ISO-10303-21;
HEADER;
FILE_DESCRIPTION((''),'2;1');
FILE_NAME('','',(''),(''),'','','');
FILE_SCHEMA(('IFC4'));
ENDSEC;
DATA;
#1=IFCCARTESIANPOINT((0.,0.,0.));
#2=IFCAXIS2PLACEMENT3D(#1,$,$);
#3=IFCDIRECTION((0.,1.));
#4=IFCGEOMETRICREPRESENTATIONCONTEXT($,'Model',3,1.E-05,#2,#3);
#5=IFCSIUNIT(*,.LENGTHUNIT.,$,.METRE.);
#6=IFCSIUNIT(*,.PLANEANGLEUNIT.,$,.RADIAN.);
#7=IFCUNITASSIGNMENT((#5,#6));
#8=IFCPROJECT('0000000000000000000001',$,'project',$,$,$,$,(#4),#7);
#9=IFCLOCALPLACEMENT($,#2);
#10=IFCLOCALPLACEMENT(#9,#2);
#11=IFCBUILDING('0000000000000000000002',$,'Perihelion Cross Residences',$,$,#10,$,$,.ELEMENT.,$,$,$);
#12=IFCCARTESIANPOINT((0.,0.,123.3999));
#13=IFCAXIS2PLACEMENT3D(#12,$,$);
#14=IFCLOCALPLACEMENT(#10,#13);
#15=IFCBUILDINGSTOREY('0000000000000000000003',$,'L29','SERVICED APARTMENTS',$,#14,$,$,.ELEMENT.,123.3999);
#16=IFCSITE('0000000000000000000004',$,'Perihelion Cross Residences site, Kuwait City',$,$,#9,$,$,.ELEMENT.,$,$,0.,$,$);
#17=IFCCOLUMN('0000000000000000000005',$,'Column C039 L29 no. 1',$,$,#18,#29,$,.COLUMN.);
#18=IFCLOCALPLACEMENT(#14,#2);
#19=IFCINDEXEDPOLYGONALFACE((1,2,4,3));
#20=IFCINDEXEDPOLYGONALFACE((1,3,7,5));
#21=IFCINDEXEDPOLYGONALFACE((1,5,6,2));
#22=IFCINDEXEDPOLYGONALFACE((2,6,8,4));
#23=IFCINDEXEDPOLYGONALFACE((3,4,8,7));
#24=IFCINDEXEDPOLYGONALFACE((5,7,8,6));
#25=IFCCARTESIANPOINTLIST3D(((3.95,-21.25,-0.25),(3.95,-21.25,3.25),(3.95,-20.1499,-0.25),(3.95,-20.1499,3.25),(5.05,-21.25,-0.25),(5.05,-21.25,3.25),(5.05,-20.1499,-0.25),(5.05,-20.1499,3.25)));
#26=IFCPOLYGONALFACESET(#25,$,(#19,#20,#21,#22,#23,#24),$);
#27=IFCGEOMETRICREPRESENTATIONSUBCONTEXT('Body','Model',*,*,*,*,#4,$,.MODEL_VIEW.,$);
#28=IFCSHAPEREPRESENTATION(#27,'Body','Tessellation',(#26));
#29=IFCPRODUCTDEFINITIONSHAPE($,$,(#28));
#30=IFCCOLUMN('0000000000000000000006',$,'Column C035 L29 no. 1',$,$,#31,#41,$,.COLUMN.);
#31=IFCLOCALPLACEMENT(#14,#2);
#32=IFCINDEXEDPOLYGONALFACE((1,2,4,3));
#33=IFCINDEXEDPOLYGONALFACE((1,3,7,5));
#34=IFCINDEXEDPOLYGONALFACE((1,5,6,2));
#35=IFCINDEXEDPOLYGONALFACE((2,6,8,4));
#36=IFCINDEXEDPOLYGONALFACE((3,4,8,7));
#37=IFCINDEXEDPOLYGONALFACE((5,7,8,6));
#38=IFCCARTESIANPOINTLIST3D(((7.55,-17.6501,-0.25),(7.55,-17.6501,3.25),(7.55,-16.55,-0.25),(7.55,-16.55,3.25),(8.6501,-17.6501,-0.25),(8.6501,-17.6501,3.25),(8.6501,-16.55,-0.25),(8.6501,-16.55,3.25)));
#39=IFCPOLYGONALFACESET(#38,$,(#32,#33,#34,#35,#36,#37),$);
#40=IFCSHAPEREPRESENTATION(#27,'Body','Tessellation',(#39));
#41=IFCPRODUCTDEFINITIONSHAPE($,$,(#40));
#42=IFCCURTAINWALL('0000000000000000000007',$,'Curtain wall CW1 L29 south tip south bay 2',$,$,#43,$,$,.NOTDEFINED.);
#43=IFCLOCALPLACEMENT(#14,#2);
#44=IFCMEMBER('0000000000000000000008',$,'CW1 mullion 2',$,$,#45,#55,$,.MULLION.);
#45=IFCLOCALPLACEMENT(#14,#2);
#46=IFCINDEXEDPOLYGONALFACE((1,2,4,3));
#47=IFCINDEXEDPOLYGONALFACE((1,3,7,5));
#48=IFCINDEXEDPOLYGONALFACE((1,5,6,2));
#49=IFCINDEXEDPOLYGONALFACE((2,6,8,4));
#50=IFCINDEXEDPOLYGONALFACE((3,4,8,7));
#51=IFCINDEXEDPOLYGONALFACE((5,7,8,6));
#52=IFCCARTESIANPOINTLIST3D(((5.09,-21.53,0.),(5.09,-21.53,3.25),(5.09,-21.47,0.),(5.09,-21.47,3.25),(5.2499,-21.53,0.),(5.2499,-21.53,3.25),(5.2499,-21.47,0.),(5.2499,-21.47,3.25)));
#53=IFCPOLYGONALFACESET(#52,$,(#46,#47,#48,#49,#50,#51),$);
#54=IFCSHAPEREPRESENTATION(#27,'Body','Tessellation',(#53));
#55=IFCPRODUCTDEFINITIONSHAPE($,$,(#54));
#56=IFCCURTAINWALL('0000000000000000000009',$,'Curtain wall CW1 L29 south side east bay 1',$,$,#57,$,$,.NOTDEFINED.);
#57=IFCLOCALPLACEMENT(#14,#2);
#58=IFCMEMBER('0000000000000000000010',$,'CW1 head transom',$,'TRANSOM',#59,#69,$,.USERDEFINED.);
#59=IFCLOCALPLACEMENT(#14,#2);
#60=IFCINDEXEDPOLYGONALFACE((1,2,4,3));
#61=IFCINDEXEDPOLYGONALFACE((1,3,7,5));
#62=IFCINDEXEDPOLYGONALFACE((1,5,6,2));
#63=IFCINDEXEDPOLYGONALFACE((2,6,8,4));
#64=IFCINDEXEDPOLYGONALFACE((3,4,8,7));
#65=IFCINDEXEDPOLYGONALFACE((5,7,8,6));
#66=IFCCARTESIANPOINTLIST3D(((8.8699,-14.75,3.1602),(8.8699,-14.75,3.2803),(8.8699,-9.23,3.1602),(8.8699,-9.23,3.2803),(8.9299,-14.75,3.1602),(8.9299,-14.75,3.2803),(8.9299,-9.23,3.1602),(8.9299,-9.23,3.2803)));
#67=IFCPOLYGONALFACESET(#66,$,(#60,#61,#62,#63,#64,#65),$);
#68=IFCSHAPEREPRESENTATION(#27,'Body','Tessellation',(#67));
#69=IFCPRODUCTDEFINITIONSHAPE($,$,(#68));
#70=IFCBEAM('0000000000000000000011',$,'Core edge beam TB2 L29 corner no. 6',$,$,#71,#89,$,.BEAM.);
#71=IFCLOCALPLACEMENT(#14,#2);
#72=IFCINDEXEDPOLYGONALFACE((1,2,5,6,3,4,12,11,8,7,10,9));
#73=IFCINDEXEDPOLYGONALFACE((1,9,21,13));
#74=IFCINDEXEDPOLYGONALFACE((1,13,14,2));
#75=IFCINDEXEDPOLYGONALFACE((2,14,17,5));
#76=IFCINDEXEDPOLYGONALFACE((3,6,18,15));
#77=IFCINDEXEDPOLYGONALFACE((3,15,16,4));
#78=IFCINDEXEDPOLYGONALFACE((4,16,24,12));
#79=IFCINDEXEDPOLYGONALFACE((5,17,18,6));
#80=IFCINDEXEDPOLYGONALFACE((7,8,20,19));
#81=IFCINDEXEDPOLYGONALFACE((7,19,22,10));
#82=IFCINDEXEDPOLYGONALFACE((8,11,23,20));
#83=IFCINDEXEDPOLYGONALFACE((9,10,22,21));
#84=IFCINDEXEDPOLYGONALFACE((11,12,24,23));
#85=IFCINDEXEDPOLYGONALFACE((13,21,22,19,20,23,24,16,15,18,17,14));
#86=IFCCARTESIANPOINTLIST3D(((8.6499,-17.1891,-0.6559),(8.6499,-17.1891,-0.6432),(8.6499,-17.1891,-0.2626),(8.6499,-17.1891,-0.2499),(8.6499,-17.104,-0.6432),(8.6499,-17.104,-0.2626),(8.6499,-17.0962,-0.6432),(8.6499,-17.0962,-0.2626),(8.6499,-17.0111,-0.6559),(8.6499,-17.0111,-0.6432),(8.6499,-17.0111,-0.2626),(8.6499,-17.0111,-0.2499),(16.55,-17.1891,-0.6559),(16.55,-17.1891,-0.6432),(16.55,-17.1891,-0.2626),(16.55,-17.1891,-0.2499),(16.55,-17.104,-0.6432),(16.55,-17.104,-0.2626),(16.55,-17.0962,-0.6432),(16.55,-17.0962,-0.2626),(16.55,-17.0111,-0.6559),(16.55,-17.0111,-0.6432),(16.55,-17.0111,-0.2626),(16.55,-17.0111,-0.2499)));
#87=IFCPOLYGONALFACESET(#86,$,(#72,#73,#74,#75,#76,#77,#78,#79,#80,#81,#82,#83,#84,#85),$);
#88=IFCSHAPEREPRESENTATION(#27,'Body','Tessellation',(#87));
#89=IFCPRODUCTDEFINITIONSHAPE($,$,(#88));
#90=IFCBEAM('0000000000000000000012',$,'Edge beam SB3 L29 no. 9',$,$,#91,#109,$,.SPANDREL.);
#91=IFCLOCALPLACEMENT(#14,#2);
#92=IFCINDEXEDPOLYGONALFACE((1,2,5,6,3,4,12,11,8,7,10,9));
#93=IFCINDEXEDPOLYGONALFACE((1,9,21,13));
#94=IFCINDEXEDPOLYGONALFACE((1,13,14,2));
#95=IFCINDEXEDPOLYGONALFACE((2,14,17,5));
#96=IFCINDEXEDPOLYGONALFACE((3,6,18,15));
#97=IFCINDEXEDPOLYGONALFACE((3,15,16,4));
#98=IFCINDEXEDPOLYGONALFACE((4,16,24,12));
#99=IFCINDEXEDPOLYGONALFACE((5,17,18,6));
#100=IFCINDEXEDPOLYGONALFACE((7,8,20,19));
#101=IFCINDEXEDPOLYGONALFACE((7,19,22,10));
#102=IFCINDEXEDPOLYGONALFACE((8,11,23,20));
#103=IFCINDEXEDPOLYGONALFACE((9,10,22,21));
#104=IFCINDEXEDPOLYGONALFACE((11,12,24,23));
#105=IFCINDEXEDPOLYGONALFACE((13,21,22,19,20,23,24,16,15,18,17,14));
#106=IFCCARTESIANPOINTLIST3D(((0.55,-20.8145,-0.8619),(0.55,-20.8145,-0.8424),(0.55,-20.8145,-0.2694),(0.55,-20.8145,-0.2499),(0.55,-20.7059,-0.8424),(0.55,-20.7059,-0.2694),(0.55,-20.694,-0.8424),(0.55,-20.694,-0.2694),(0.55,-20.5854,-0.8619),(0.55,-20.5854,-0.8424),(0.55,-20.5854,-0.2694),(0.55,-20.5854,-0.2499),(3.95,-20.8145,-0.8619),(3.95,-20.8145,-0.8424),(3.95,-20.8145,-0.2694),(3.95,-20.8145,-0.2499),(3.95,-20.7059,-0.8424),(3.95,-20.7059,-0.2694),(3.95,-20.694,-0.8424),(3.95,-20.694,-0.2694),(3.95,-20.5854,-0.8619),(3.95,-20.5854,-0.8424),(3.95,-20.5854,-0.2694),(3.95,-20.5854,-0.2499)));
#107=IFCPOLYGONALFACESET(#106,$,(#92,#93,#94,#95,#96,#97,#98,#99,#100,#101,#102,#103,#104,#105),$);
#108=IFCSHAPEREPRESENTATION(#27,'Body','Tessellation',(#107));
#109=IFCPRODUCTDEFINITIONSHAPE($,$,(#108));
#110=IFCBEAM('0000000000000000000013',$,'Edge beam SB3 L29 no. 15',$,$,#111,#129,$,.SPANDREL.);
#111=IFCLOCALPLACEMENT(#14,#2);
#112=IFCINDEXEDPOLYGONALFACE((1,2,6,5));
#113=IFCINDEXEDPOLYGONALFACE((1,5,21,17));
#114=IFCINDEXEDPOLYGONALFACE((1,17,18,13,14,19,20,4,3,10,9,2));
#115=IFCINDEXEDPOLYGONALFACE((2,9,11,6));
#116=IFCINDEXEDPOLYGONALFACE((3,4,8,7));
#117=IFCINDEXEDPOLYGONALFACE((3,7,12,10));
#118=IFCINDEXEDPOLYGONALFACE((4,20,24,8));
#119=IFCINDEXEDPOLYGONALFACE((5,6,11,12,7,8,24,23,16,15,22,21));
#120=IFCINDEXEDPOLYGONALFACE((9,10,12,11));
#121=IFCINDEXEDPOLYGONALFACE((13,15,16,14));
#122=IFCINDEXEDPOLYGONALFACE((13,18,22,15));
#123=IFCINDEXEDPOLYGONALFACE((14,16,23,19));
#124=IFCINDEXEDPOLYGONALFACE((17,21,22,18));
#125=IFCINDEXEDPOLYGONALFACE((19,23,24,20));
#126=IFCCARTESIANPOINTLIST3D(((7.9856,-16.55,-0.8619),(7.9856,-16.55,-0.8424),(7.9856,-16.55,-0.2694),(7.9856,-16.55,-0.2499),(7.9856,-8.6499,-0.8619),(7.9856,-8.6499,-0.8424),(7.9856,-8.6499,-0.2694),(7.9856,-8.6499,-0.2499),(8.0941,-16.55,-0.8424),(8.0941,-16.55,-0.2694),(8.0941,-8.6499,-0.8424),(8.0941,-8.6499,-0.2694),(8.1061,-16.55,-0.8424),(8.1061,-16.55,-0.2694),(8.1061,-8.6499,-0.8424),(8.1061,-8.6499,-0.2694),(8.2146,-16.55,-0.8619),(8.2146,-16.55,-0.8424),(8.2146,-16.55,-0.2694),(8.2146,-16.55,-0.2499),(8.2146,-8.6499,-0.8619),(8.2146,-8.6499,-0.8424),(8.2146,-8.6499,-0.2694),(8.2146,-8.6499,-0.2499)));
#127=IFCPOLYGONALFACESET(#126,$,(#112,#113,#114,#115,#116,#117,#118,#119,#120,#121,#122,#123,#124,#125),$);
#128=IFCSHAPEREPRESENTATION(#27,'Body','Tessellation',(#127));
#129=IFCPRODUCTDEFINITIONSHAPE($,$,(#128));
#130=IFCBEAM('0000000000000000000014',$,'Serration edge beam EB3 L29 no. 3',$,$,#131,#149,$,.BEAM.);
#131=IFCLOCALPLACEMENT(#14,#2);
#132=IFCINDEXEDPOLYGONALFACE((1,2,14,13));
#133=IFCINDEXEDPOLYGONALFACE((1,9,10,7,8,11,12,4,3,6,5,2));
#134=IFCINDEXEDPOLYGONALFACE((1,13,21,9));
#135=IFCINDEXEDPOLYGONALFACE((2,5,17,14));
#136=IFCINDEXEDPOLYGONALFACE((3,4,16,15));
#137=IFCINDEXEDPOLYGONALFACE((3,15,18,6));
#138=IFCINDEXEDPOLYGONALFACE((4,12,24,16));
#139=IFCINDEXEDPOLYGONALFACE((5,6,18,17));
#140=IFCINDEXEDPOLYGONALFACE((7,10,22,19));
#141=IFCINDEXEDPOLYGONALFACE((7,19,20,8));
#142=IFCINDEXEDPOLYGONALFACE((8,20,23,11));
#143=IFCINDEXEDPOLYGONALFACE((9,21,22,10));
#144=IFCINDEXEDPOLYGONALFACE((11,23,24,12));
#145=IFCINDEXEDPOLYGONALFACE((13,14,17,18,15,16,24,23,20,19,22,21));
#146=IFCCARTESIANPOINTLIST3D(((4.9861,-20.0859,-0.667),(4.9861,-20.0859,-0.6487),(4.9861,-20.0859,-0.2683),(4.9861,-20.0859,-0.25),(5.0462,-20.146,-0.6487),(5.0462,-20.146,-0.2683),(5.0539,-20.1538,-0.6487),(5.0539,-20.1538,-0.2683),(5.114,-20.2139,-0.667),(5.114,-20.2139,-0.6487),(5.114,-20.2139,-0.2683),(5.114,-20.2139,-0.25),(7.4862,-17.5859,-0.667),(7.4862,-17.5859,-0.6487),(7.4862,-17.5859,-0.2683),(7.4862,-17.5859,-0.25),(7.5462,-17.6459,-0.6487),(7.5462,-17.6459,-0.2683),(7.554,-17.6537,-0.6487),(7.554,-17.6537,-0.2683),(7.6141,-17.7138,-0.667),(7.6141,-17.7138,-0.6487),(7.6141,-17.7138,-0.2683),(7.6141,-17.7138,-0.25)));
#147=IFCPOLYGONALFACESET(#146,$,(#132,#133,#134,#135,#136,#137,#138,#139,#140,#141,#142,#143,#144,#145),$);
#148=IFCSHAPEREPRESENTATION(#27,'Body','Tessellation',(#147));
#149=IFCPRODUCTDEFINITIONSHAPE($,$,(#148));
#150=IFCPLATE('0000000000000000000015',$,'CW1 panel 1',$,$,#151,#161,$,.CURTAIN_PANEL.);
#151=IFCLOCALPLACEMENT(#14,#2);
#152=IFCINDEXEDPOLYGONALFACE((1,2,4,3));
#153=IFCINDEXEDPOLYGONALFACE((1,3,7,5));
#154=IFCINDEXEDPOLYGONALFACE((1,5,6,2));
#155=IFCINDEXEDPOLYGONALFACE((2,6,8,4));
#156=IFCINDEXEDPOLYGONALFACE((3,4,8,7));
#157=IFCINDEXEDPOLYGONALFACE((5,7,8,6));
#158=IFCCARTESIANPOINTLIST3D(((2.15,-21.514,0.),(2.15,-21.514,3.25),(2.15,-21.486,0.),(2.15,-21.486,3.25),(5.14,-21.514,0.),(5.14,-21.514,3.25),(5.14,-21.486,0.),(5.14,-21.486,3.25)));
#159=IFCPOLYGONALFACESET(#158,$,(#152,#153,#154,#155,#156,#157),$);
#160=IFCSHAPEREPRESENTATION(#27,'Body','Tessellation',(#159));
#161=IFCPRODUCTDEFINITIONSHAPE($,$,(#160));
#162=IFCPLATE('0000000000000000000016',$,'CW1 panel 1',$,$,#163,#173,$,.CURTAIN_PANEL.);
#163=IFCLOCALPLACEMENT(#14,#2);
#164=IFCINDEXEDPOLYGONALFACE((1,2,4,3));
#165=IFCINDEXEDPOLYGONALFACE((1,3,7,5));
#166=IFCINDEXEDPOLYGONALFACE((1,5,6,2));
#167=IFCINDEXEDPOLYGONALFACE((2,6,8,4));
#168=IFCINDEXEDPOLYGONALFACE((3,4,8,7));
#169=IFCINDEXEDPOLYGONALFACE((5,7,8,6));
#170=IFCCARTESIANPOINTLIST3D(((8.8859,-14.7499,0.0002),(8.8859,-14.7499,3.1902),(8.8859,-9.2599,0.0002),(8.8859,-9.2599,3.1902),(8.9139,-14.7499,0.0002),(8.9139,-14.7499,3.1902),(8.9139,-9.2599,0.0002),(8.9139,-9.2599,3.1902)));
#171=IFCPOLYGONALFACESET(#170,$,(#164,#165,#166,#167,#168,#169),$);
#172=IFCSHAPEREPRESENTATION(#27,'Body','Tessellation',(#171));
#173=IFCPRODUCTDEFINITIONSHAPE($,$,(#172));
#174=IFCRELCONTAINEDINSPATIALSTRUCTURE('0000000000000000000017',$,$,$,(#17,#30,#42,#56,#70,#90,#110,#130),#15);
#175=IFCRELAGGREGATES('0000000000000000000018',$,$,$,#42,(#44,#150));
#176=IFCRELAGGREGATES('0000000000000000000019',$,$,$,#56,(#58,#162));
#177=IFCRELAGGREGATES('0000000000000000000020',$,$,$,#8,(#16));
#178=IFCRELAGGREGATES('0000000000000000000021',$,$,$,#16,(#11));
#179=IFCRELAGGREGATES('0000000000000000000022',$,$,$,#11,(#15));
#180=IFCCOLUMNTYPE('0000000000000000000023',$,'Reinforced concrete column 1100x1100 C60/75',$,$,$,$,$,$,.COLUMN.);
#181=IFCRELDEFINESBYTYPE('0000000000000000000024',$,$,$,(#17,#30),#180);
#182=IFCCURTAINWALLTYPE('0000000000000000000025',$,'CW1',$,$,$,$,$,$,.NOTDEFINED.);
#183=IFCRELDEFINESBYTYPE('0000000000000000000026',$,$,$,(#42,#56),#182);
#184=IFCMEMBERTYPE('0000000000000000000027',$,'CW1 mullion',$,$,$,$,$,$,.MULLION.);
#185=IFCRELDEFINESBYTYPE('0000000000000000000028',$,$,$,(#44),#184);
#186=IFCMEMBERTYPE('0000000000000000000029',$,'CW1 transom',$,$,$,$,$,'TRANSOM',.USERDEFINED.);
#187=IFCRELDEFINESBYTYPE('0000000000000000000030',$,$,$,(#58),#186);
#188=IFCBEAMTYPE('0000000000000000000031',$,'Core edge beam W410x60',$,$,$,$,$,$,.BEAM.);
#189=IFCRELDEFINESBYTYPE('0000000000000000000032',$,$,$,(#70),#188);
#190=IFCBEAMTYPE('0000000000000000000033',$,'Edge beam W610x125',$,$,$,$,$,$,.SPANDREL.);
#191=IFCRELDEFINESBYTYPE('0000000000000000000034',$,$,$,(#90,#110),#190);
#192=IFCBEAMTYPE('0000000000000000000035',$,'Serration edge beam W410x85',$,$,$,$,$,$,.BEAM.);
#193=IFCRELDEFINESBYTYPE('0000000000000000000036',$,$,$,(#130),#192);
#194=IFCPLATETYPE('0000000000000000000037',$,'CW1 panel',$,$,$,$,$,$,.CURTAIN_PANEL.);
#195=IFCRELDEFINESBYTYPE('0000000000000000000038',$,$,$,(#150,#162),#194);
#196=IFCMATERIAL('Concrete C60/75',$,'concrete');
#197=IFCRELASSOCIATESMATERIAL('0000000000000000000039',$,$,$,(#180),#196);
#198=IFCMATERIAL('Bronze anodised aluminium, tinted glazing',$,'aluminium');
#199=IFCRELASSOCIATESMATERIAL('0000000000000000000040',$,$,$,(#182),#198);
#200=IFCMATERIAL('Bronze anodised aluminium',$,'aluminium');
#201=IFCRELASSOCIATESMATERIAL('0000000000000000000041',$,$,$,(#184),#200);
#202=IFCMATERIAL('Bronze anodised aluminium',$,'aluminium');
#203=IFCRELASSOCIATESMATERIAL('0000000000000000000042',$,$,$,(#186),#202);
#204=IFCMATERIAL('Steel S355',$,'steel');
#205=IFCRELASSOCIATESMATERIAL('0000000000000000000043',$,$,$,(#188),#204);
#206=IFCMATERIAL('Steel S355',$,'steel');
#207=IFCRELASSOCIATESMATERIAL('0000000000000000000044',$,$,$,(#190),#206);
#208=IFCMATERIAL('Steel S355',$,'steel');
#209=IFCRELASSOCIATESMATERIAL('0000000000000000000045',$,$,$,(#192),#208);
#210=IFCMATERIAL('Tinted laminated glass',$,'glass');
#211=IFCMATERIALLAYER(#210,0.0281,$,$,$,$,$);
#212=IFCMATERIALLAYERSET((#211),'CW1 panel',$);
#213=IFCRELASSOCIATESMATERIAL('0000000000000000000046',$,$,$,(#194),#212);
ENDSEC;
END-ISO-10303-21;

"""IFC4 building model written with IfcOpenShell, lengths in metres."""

from ifc_helpers import new_model, si_unit, direction, frame, origin, origin_2d, place, context, subcontext, project, spatial, rectangle, i_section, extrude, material, layer, layer_set, material_profile, profile_set, type_object, element, aggregate, save


model = new_model("IFC4")

# Units and contexts
model_context = context("Model", 3, precision=1e-05, world=origin(), true_north=direction((0.0, 1.0)))
body_context = subcontext(model_context, "Body", "Model", "MODEL_VIEW")
ifc_project = project(units=[si_unit("LENGTHUNIT", "METRE"), si_unit("PLANEANGLEUNIT", "RADIAN")], contexts=[model_context])

# Site, building, storey
site_placement = place(None, origin())
site = spatial("IfcSite", under=ifc_project, at=site_placement, Name="Perihelion Cross Residences site, Kuwait City", CompositionType="ELEMENT", RefElevation=0.0)
building_placement = place(site_placement, origin())
building = spatial("IfcBuilding", under=site, at=building_placement, Name="Perihelion Cross Residences", CompositionType="ELEMENT")
storey_placement = place(building_placement, frame((0.0, 0.0, 123.3999)))
storey = spatial("IfcBuildingStorey", under=building, at=storey_placement, Name="L29", Description="SERVICED APARTMENTS", CompositionType="ELEMENT", Elevation=123.3999)

# Columns
ifc_material_1 = material(Name="Concrete C60/75", Category="concrete")
ifc_material_profile_1 = material_profile(ifc_material_1, rectangle(XDim=1.1001, YDim=1.1001, at=origin_2d()), Name="RC 1100x1100")
ifc_profile_set_1 = profile_set([ifc_material_profile_1], Name="Concrete C60/75")
column_type = type_object("IfcColumnType", Name="Reinforced concrete column 1100x1100 C60/75", PredefinedType="COLUMN", material=ifc_profile_set_1)
for number, where, z_axis, x_axis, name in (
    (1, (4.5, -20.7, -0.25), (0.0, 0.0, 1.0), (1.0, 0.0, 0.0), "Column C039 L29 no. 1"),
    (2, (8.1001, -17.1001, -0.25), (0.0, 0.0, 1.0), (1.0, 0.0, 0.0), "Column C035 L29 no. 1"),
):
    element("IfcColumn", number, at=place(storey_placement, frame(where, z_axis=z_axis, x_axis=x_axis)), inside=storey, type_object=column_type, Name=name, PredefinedType="COLUMN", context=body_context, shape_type="SweptSolid", body=[
        extrude(rectangle(XDim=1.1001, YDim=1.1001, at=origin_2d()), origin(), (0.0, 0.0, 1.0), 3.5),
    ])

# Curtain walls, members
ifc_material_2 = material(Name="Bronze anodised aluminium, tinted glazing", Category="aluminium")
curtain_wall_type = type_object("IfcCurtainWallType", Name="CW1", PredefinedType="NOTDEFINED", material=ifc_material_2)
curtain_wall_1_placement = place(storey_placement, origin())
curtain_wall_1 = element("IfcCurtainWall", 3, at=curtain_wall_1_placement, inside=storey, type_object=curtain_wall_type, Name="Curtain wall CW1 L29 south tip south bay 2", PredefinedType="NOTDEFINED")
ifc_material_3 = material(Name="Bronze anodised aluminium", Category="aluminium")
ifc_material_profile_2 = material_profile(ifc_material_3, rectangle(XDim=0.0601, YDim=0.1599, at=origin_2d()), Name="CW1 mullion")
ifc_profile_set_2 = profile_set([ifc_material_profile_2], Name="Bronze anodised aluminium")
member_type_1 = type_object("IfcMemberType", Name="CW1 mullion", PredefinedType="MULLION", material=ifc_profile_set_2)
member_1_placement = place(storey_placement, frame((5.1699, -21.5, 0.0), z_axis=(0.0, 0.0, 1.0), x_axis=(0.0, 1.0, 0.0)))
member_1 = element("IfcMember", 4, at=member_1_placement, type_object=member_type_1, Name="CW1 mullion 2", PredefinedType="MULLION", context=body_context, shape_type="SweptSolid", body=[
    extrude(rectangle(XDim=0.0601, YDim=0.1599, at=origin_2d()), origin(), (0.0, 0.0, 1.0), 3.25),
])
curtain_wall_2_placement = place(storey_placement, origin())
curtain_wall_2 = element("IfcCurtainWall", 5, at=curtain_wall_2_placement, inside=storey, type_object=curtain_wall_type, Name="Curtain wall CW1 L29 south side east bay 1", PredefinedType="NOTDEFINED")
ifc_material_4 = material(Name="Bronze anodised aluminium", Category="aluminium")
ifc_material_profile_3 = material_profile(ifc_material_4, rectangle(XDim=0.0601, YDim=0.1201, at=origin_2d()), Name="CW1 transom")
ifc_profile_set_3 = profile_set([ifc_material_profile_3], Name="Bronze anodised aluminium")
member_type_2 = type_object("IfcMemberType", Name="CW1 transom", ElementType="TRANSOM", PredefinedType="USERDEFINED", material=ifc_profile_set_3)
member_2_placement = place(storey_placement, frame((8.8999, -14.75, 3.2202), z_axis=(0.0, 1.0, 0.0), x_axis=(-1.0, 0.0, 0.0)))
member_2 = element("IfcMember", 6, at=member_2_placement, type_object=member_type_2, Name="CW1 head transom", ObjectType="TRANSOM", PredefinedType="USERDEFINED", context=body_context, shape_type="SweptSolid", body=[
    extrude(rectangle(XDim=0.0601, YDim=0.1201, at=origin_2d()), origin(), (0.0, 0.0, 1.0), 5.52),
])

# Beams
ifc_material_5 = material(Name="Steel S355", Category="steel")
ifc_material_profile_4 = material_profile(ifc_material_5, i_section(OverallWidth=0.178, OverallDepth=0.406, WebThickness=0.0078, FlangeThickness=0.0127, at=origin_2d()), Name="W410x60")
ifc_profile_set_4 = profile_set([ifc_material_profile_4], Name="Steel S355")
beam_type_1 = type_object("IfcBeamType", Name="Core edge beam W410x60", PredefinedType="BEAM", material=ifc_profile_set_4)
beam_1_placement = place(storey_placement, frame((8.6499, -17.1001, -0.4529), z_axis=(1.0, 0.0, 0.0), x_axis=(0.0, 1.0, 0.0)))
element("IfcBeam", 7, at=beam_1_placement, inside=storey, type_object=beam_type_1, Name="Core edge beam TB2 L29 corner no. 6", PredefinedType="BEAM", context=body_context, shape_type="SweptSolid", body=[
    extrude(i_section(OverallWidth=0.178, OverallDepth=0.406, WebThickness=0.0078, FlangeThickness=0.0127, at=origin_2d()), origin(), (0.0, 0.0, 1.0), 7.9001),
])
ifc_material_6 = material(Name="Steel S355", Category="steel")
ifc_material_profile_5 = material_profile(ifc_material_6, i_section(OverallWidth=0.229, OverallDepth=0.6121, WebThickness=0.012, FlangeThickness=0.0195, at=origin_2d()), Name="W610x125")
ifc_profile_set_5 = profile_set([ifc_material_profile_5], Name="Steel S355")
beam_type_2 = type_object("IfcBeamType", Name="Edge beam W610x125", PredefinedType="SPANDREL", material=ifc_profile_set_5)
beam_2_placement = place(storey_placement, frame((0.55, -20.7, -0.5559), z_axis=(1.0, 0.0, 0.0), x_axis=(0.0, 1.0, 0.0)))
element("IfcBeam", 8, at=beam_2_placement, inside=storey, type_object=beam_type_2, Name="Edge beam SB3 L29 no. 9", PredefinedType="SPANDREL", context=body_context, shape_type="SweptSolid", body=[
    extrude(i_section(OverallWidth=0.229, OverallDepth=0.6121, WebThickness=0.012, FlangeThickness=0.0195, at=origin_2d()), origin(), (0.0, 0.0, 1.0), 3.3999),
])
beam_3_placement = place(storey_placement, frame((8.1001, -16.55, -0.5559), z_axis=(0.0, 1.0, 0.0), x_axis=(-1.0, 0.0, 0.0)))
element("IfcBeam", 9, at=beam_3_placement, inside=storey, type_object=beam_type_2, Name="Edge beam SB3 L29 no. 15", PredefinedType="SPANDREL", context=body_context, shape_type="SweptSolid", body=[
    extrude(i_section(OverallWidth=0.229, OverallDepth=0.6121, WebThickness=0.012, FlangeThickness=0.0195, at=origin_2d()), origin(), (0.0, 0.0, 1.0), 7.9001),
])
ifc_material_7 = material(Name="Steel S355", Category="steel")
ifc_material_profile_6 = material_profile(ifc_material_7, i_section(OverallWidth=0.1809, OverallDepth=0.417, WebThickness=0.011, FlangeThickness=0.0183, at=origin_2d()), Name="W410x85")
ifc_profile_set_6 = profile_set([ifc_material_profile_6], Name="Steel S355")
beam_type_3 = type_object("IfcBeamType", Name="Serration edge beam W410x85", PredefinedType="BEAM", material=ifc_profile_set_6)
beam_4_placement = place(storey_placement, frame((5.05, -20.1499, -0.4585), z_axis=(0.707107, 0.707107, 0.0), x_axis=(-0.707107, 0.707107, 0.0)))
element("IfcBeam", 10, at=beam_4_placement, inside=storey, type_object=beam_type_3, Name="Serration edge beam EB3 L29 no. 3", PredefinedType="BEAM", context=body_context, shape_type="SweptSolid", body=[
    extrude(i_section(OverallWidth=0.1809, OverallDepth=0.417, WebThickness=0.011, FlangeThickness=0.0183, at=origin_2d()), origin(), (0.0, 0.0, 1.0), 3.5356),
])

# Plates
ifc_material_8 = material(Name="Tinted laminated glass", Category="glass")
ifc_layer_1 = layer(ifc_material_8, 0.0281)
ifc_layer_set_1 = layer_set([ifc_layer_1], Name="CW1 panel")
plate_type = type_object("IfcPlateType", Name="CW1 panel", PredefinedType="CURTAIN_PANEL", material=ifc_layer_set_1)
plate_1_placement = place(storey_placement, frame((3.645, -21.5, 0.0), z_axis=(0.0, 0.0, 1.0), x_axis=(1.0, 0.0, 0.0)))
plate_1 = element("IfcPlate", 11, at=plate_1_placement, type_object=plate_type, Name="CW1 panel 1", PredefinedType="CURTAIN_PANEL", context=body_context, shape_type="SweptSolid", body=[
    extrude(rectangle(XDim=2.99, YDim=0.0281, at=origin_2d()), origin(), (0.0, 0.0, 1.0), 3.25),
])
aggregate(curtain_wall_1, [member_1, plate_1])
plate_2_placement = place(storey_placement, frame((8.8999, -12.0049, 0.0002), z_axis=(0.0, 0.0, 1.0), x_axis=(0.0, 1.0, 0.0)))
plate_2 = element("IfcPlate", 12, at=plate_2_placement, type_object=plate_type, Name="CW1 panel 1", PredefinedType="CURTAIN_PANEL", context=body_context, shape_type="SweptSolid", body=[
    extrude(rectangle(XDim=5.49, YDim=0.0281, at=origin_2d()), origin(), (0.0, 0.0, 1.0), 3.1899),
])
aggregate(curtain_wall_2, [member_2, plate_2])

save(model, "model.ifc")
